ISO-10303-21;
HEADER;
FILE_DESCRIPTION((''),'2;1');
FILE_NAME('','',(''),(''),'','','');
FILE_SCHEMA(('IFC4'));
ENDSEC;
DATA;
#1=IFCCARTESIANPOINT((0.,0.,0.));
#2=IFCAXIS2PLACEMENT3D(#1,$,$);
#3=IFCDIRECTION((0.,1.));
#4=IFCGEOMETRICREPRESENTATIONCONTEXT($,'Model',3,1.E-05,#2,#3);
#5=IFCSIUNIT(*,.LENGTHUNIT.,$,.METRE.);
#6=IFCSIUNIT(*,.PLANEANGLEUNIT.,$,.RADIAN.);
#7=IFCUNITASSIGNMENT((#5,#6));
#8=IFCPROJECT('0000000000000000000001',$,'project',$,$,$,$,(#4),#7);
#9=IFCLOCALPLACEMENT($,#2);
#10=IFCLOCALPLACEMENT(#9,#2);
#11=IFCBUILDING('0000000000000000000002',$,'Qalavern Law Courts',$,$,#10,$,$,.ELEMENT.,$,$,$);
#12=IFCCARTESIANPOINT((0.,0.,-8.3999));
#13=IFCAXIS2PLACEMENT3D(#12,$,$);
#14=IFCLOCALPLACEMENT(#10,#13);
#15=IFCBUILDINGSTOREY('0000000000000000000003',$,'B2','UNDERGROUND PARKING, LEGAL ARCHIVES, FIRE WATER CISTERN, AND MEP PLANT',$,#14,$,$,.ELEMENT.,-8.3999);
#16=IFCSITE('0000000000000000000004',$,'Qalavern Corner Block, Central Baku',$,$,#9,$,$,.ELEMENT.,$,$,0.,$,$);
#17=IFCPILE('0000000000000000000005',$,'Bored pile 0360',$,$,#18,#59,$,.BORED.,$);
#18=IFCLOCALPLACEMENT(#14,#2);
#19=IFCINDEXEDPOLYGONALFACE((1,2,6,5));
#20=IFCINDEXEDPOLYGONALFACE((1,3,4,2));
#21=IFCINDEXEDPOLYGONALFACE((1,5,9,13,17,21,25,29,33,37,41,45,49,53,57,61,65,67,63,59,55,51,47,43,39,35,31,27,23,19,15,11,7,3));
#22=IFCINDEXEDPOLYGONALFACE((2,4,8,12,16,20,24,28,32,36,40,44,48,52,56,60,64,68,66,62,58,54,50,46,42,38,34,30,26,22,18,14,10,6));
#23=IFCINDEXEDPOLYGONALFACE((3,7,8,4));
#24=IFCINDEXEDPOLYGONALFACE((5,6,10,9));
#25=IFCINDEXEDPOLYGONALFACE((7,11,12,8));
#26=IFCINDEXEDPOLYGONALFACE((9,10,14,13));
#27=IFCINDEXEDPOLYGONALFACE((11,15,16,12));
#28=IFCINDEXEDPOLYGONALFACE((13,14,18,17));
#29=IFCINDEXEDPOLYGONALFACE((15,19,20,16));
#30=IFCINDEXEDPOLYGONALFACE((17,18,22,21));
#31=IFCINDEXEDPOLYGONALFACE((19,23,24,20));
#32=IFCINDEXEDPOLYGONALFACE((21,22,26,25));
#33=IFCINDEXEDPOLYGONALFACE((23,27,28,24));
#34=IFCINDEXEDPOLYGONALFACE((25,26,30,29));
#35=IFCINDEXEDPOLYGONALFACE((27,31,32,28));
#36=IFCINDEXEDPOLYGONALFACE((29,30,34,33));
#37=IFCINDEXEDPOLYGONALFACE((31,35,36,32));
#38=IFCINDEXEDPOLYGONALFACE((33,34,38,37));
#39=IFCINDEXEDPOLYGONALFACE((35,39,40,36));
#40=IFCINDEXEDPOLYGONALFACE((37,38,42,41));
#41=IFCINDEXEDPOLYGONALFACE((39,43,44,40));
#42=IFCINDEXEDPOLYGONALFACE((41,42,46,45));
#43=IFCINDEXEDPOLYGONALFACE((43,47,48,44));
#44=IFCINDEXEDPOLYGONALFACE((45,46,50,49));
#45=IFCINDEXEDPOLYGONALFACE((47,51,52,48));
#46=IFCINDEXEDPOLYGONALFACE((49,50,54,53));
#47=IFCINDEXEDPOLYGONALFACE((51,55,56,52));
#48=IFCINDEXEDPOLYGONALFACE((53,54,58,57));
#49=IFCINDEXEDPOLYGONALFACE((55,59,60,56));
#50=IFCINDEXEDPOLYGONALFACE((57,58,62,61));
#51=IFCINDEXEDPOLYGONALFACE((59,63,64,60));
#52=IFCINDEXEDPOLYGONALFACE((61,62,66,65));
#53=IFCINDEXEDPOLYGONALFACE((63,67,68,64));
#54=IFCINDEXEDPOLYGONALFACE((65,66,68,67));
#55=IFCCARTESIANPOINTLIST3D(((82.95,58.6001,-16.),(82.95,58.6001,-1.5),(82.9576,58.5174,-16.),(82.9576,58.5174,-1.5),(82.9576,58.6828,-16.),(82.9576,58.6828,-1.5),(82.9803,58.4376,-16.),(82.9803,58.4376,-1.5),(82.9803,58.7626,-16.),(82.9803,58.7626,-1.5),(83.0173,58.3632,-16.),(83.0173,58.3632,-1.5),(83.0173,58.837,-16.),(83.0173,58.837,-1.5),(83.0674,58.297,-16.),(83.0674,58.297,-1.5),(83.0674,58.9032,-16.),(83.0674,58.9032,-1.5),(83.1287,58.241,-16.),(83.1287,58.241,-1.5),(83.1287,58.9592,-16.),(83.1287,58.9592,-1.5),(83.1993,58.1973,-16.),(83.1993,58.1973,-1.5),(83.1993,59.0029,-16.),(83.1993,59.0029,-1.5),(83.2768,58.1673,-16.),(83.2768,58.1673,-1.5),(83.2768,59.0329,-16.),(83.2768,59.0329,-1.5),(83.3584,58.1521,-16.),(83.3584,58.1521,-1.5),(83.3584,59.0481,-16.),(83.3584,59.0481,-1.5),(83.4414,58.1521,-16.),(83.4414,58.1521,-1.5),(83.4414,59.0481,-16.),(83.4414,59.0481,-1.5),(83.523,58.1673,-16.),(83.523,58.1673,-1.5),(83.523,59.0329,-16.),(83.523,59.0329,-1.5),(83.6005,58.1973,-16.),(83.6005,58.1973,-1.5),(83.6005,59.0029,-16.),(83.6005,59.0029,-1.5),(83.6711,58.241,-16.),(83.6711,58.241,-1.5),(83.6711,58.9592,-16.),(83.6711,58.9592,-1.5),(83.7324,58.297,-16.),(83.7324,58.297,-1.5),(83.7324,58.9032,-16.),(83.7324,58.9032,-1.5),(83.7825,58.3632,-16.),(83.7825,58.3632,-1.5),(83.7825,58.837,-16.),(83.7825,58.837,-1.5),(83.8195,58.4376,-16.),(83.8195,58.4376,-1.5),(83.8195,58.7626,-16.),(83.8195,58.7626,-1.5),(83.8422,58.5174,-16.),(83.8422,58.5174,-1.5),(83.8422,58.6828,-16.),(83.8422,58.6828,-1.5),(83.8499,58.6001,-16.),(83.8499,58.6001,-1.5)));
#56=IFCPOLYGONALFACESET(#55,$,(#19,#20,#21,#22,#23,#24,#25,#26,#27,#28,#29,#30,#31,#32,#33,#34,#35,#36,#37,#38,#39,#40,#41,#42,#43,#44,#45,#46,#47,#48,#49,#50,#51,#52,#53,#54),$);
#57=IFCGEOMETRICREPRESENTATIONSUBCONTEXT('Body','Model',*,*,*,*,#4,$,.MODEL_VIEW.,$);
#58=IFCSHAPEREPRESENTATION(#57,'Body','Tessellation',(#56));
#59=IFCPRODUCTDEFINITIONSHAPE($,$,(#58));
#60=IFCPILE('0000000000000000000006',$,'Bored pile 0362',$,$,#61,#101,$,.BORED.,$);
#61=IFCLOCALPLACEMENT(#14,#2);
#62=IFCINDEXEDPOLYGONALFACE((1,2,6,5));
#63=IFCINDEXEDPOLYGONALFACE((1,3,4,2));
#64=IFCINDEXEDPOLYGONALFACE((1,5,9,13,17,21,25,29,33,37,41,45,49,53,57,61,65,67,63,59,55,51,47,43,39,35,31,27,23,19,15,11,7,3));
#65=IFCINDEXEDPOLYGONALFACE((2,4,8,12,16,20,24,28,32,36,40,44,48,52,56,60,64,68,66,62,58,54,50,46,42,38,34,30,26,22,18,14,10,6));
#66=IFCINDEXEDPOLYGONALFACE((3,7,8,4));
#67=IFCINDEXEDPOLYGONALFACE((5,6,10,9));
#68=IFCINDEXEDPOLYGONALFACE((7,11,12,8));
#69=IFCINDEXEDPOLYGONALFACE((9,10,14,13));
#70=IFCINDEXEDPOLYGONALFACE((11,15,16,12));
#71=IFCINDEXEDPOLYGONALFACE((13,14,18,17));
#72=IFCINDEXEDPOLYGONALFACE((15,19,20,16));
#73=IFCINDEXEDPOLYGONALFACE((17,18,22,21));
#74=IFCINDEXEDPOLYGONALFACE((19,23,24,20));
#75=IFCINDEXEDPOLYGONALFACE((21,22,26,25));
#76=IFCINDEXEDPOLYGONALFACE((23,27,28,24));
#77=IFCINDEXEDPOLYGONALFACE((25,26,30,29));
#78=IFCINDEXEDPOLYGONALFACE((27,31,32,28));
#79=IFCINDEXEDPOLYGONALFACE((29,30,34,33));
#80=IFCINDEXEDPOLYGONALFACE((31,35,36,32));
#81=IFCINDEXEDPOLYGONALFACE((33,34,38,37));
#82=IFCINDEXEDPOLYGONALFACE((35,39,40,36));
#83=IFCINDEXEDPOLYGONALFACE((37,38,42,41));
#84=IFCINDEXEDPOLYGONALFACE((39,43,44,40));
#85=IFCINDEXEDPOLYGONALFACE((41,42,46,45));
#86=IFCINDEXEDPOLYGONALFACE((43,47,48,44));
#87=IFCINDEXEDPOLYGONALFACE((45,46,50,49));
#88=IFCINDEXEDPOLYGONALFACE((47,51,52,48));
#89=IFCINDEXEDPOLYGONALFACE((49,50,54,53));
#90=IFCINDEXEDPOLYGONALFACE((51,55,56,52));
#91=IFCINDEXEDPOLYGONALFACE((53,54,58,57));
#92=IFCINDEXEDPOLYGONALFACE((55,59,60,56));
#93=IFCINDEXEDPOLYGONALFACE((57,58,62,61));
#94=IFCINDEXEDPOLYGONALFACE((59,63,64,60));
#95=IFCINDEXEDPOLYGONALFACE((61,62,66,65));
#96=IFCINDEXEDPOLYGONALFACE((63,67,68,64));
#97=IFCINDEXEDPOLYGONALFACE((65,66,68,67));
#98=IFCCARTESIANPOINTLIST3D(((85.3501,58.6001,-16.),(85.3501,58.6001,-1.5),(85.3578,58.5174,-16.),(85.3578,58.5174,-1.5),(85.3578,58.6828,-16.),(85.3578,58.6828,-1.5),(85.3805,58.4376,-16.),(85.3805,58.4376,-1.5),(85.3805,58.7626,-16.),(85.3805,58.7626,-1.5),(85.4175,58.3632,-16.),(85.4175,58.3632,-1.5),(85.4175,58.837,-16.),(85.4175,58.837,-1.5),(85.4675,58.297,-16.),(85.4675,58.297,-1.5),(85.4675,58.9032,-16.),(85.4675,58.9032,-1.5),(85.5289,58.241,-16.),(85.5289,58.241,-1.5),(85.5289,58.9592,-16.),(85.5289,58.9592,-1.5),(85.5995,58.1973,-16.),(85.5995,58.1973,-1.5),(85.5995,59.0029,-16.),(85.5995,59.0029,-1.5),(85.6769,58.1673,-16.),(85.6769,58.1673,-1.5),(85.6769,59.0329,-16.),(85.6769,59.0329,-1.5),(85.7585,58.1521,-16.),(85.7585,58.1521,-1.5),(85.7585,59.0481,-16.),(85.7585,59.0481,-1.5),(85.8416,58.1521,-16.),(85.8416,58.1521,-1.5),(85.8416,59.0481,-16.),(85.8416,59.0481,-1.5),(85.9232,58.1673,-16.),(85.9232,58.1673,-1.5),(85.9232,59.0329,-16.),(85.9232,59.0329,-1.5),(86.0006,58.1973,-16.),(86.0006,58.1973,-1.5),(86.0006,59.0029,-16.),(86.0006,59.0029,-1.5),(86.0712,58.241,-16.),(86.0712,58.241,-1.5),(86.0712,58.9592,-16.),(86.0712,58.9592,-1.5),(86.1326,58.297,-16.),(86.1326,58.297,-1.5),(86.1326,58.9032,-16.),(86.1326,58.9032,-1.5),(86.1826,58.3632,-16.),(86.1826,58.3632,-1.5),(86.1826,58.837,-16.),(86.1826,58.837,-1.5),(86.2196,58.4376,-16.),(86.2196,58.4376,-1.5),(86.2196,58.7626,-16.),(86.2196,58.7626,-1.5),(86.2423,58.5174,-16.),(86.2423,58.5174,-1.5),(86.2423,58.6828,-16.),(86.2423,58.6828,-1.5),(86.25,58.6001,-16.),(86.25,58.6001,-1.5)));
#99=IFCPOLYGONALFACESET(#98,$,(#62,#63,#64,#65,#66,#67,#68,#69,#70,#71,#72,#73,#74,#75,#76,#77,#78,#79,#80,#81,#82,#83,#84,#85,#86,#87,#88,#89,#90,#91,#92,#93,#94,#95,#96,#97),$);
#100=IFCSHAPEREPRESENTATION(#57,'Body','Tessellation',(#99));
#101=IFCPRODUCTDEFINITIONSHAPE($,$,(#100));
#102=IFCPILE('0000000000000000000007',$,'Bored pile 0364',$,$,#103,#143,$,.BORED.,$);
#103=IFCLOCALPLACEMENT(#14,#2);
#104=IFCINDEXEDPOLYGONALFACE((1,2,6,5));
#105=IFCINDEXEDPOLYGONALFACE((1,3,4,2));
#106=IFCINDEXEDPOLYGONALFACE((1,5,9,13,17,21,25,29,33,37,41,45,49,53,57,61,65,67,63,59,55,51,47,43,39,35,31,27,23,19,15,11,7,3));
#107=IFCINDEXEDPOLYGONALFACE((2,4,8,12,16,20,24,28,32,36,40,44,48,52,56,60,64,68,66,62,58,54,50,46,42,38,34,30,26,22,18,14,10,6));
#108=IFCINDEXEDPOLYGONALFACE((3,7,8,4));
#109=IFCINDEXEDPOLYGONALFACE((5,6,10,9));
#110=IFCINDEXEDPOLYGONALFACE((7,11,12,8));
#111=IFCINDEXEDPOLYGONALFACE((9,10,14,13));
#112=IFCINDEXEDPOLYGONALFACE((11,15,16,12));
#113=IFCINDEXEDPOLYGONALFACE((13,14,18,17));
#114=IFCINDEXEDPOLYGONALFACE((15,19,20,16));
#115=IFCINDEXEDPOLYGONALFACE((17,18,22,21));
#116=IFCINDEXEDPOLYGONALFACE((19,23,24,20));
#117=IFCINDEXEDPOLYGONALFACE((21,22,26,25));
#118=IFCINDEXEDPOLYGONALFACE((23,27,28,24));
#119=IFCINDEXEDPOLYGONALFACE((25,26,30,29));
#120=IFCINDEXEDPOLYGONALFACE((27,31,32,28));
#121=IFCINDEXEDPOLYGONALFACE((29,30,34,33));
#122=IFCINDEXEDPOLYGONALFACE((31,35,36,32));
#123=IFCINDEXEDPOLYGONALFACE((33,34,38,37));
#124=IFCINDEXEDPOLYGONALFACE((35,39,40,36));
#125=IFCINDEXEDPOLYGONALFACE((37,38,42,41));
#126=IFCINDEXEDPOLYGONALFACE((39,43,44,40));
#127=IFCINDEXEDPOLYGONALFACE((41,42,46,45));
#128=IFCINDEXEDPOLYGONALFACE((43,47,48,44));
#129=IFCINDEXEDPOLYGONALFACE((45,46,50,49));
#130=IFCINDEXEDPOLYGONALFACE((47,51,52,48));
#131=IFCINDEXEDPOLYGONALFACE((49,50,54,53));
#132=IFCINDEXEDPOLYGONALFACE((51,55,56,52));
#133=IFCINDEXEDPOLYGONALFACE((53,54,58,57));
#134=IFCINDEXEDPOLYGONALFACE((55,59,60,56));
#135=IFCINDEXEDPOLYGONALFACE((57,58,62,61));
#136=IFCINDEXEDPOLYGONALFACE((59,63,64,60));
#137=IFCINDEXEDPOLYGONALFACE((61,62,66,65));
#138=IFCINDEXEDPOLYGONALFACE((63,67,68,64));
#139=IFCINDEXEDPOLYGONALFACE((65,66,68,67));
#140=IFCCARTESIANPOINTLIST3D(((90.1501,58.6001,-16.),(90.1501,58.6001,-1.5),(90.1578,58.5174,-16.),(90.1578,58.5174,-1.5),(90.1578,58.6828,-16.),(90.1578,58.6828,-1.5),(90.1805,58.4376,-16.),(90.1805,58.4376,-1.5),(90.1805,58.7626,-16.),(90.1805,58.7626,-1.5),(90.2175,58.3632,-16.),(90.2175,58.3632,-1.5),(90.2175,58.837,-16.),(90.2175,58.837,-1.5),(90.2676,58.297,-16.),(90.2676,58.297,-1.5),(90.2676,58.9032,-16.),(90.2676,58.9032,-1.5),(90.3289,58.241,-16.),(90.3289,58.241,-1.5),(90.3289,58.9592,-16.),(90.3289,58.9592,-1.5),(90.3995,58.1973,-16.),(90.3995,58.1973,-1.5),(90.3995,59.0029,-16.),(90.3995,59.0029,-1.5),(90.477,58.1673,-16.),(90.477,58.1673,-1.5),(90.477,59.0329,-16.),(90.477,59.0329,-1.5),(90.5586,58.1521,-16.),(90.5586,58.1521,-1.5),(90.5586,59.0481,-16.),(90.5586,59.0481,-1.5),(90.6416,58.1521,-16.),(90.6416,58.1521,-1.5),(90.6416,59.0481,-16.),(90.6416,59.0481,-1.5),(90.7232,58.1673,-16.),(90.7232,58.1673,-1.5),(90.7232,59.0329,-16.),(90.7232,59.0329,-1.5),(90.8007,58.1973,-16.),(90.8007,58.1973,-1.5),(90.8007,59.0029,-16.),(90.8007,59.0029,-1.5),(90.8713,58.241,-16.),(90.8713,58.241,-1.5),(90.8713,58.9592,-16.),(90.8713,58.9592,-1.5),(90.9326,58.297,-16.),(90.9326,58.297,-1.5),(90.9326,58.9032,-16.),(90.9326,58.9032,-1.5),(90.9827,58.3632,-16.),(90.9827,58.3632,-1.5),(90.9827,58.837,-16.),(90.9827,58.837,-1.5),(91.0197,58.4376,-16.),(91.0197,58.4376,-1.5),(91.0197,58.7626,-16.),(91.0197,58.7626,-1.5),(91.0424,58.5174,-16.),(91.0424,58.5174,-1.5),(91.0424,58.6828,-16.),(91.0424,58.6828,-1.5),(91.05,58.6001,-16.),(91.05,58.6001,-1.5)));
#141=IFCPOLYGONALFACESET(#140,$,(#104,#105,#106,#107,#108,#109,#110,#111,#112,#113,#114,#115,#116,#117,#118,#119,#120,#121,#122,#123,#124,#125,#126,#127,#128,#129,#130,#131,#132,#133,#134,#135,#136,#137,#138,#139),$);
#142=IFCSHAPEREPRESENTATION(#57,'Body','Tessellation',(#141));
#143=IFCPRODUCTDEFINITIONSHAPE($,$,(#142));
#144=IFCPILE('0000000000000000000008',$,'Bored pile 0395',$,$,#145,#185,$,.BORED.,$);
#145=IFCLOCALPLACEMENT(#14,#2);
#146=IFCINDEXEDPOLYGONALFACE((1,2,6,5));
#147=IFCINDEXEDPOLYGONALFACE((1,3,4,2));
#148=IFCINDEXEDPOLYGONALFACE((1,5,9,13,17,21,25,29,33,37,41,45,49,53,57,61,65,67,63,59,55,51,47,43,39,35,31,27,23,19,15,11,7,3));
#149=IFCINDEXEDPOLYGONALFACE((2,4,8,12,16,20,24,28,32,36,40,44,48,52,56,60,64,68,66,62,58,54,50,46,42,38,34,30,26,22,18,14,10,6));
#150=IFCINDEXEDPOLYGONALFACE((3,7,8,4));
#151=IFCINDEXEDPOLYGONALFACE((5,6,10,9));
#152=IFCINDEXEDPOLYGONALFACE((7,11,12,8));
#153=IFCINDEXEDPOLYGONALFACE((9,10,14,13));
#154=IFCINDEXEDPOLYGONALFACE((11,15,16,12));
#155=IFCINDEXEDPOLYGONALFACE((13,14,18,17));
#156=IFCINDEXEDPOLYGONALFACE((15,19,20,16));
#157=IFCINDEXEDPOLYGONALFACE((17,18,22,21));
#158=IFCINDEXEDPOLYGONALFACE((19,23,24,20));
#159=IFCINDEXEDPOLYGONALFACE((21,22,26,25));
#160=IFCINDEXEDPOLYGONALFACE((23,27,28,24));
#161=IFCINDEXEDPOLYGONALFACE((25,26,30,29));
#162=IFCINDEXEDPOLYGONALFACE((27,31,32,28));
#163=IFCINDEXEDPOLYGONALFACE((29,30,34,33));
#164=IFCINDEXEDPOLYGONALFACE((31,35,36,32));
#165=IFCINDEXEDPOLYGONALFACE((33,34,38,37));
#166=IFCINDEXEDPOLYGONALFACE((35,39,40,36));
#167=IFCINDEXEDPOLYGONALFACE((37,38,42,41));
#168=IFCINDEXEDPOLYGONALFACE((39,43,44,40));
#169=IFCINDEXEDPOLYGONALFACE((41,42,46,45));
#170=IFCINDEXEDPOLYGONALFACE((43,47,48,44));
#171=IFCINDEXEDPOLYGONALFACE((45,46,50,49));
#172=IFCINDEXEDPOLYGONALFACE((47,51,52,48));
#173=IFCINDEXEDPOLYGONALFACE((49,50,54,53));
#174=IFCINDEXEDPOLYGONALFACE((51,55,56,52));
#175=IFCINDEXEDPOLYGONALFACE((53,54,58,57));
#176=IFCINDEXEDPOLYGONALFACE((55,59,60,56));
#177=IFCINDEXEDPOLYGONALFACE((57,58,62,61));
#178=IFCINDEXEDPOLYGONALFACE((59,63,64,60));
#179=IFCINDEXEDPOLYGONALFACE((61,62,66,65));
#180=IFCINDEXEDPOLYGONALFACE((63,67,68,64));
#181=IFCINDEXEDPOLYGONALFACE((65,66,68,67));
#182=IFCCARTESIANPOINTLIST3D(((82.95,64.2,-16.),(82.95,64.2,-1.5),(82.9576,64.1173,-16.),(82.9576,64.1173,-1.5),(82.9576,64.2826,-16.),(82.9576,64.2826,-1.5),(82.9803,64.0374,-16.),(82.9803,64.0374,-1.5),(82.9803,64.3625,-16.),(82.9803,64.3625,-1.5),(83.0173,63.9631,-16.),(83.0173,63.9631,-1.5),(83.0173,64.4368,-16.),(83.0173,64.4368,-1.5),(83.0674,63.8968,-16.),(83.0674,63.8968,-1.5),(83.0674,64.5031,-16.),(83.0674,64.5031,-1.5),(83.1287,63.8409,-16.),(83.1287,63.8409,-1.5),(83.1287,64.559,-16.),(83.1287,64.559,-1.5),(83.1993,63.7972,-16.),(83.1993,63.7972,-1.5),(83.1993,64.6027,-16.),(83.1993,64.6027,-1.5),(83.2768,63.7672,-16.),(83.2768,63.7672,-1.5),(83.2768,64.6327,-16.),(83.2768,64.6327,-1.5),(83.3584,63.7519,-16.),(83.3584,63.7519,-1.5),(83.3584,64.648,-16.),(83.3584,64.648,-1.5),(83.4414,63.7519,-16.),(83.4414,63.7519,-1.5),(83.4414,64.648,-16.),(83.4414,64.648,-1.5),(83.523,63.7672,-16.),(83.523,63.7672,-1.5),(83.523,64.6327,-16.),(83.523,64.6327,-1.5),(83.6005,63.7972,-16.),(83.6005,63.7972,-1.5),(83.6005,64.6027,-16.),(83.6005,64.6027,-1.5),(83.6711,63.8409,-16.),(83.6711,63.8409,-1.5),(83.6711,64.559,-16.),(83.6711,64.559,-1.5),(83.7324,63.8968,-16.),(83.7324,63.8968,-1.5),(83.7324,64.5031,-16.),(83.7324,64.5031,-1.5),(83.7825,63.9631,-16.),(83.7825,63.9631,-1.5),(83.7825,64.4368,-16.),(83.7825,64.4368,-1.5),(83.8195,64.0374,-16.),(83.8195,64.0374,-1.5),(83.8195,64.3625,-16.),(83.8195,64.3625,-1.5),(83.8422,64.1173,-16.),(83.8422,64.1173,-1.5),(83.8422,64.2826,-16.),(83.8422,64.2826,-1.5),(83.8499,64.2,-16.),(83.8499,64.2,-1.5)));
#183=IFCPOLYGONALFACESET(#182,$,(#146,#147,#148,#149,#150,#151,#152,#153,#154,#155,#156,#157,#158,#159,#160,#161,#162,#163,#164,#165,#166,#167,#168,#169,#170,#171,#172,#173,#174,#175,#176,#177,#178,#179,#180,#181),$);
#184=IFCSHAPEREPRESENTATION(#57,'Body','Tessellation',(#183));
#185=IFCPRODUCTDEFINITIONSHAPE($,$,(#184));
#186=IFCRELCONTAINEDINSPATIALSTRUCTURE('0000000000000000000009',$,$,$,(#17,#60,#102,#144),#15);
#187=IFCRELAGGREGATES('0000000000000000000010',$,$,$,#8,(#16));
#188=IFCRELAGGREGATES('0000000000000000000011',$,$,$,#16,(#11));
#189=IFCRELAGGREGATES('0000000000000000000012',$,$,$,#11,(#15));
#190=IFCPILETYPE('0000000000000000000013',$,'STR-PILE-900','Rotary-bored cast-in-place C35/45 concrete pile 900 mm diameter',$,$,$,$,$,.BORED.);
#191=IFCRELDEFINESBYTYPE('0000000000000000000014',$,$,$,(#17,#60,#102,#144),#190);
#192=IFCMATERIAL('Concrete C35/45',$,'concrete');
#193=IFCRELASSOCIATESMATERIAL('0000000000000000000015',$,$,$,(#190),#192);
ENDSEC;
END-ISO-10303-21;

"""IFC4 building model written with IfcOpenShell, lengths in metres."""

from ifc_helpers import new_model, si_unit, direction, frame, origin, origin_2d, place, context, subcontext, project, spatial, circle, extrude, material, material_profile, profile_set, type_object, element, save


model = new_model("IFC4")

# Units and contexts
model_context = context("Model", 3, precision=1e-05, world=origin(), true_north=direction((0.0, 1.0)))
body_context = subcontext(model_context, "Body", "Model", "MODEL_VIEW")
ifc_project = project(units=[si_unit("LENGTHUNIT", "METRE"), si_unit("PLANEANGLEUNIT", "RADIAN")], contexts=[model_context])

# Site, building, storey
site_placement = place(None, origin())
site = spatial("IfcSite", under=ifc_project, at=site_placement, Name="Qalavern Corner Block, Central Baku", CompositionType="ELEMENT", RefElevation=0.0)
building_placement = place(site_placement, origin())
building = spatial("IfcBuilding", under=site, at=building_placement, Name="Qalavern Law Courts", CompositionType="ELEMENT")
storey_placement = place(building_placement, frame((0.0, 0.0, -8.3999)))
storey = spatial("IfcBuildingStorey", under=building, at=storey_placement, Name="B2", Description="UNDERGROUND PARKING, LEGAL ARCHIVES, FIRE WATER CISTERN, AND MEP PLANT", CompositionType="ELEMENT", Elevation=-8.3999)

# Shared definitions
ifc_material_1 = material(Name="Concrete C35/45", Category="concrete")

# Piles
ifc_material_profile_1 = material_profile(ifc_material_1, circle(Radius=0.45, at=origin_2d()), Name="BORED PILE 900")
ifc_profile_set_1 = profile_set([ifc_material_profile_1], Name="Concrete C35/45")
pile_type_1 = type_object("IfcPileType", Name="STR-PILE-900", Description="Rotary-bored cast-in-place C35/45 concrete pile 900 mm diameter", PredefinedType="BORED", material=ifc_profile_set_1)
for number, where, z_axis, x_axis, name in (
    (1, (83.3999, 58.6001, -1.5), (0.0, 0.0, -1.0), (1.0, 0.0, 0.0), "Bored pile 0360"),
    (2, (85.8, 58.6001, -1.5), (0.0, 0.0, -1.0), (1.0, 0.0, 0.0), "Bored pile 0362"),
    (3, (90.6001, 58.6001, -1.5), (0.0, 0.0, -1.0), (1.0, 0.0, 0.0), "Bored pile 0364"),
    (4, (83.3999, 64.2, -1.5), (0.0, 0.0, -1.0), (1.0, 0.0, 0.0), "Bored pile 0395"),
):
    element("IfcPile", number, at=place(storey_placement, frame(where, z_axis=z_axis, x_axis=x_axis)), inside=storey, type_object=pile_type_1, Name=name, PredefinedType="BORED", context=body_context, shape_type="SweptSolid", body=[
        extrude(circle(Radius=0.45, at=origin_2d()), origin(), (0.0, 0.0, 1.0), 14.5),
    ])

save(model, "model.ifc")
